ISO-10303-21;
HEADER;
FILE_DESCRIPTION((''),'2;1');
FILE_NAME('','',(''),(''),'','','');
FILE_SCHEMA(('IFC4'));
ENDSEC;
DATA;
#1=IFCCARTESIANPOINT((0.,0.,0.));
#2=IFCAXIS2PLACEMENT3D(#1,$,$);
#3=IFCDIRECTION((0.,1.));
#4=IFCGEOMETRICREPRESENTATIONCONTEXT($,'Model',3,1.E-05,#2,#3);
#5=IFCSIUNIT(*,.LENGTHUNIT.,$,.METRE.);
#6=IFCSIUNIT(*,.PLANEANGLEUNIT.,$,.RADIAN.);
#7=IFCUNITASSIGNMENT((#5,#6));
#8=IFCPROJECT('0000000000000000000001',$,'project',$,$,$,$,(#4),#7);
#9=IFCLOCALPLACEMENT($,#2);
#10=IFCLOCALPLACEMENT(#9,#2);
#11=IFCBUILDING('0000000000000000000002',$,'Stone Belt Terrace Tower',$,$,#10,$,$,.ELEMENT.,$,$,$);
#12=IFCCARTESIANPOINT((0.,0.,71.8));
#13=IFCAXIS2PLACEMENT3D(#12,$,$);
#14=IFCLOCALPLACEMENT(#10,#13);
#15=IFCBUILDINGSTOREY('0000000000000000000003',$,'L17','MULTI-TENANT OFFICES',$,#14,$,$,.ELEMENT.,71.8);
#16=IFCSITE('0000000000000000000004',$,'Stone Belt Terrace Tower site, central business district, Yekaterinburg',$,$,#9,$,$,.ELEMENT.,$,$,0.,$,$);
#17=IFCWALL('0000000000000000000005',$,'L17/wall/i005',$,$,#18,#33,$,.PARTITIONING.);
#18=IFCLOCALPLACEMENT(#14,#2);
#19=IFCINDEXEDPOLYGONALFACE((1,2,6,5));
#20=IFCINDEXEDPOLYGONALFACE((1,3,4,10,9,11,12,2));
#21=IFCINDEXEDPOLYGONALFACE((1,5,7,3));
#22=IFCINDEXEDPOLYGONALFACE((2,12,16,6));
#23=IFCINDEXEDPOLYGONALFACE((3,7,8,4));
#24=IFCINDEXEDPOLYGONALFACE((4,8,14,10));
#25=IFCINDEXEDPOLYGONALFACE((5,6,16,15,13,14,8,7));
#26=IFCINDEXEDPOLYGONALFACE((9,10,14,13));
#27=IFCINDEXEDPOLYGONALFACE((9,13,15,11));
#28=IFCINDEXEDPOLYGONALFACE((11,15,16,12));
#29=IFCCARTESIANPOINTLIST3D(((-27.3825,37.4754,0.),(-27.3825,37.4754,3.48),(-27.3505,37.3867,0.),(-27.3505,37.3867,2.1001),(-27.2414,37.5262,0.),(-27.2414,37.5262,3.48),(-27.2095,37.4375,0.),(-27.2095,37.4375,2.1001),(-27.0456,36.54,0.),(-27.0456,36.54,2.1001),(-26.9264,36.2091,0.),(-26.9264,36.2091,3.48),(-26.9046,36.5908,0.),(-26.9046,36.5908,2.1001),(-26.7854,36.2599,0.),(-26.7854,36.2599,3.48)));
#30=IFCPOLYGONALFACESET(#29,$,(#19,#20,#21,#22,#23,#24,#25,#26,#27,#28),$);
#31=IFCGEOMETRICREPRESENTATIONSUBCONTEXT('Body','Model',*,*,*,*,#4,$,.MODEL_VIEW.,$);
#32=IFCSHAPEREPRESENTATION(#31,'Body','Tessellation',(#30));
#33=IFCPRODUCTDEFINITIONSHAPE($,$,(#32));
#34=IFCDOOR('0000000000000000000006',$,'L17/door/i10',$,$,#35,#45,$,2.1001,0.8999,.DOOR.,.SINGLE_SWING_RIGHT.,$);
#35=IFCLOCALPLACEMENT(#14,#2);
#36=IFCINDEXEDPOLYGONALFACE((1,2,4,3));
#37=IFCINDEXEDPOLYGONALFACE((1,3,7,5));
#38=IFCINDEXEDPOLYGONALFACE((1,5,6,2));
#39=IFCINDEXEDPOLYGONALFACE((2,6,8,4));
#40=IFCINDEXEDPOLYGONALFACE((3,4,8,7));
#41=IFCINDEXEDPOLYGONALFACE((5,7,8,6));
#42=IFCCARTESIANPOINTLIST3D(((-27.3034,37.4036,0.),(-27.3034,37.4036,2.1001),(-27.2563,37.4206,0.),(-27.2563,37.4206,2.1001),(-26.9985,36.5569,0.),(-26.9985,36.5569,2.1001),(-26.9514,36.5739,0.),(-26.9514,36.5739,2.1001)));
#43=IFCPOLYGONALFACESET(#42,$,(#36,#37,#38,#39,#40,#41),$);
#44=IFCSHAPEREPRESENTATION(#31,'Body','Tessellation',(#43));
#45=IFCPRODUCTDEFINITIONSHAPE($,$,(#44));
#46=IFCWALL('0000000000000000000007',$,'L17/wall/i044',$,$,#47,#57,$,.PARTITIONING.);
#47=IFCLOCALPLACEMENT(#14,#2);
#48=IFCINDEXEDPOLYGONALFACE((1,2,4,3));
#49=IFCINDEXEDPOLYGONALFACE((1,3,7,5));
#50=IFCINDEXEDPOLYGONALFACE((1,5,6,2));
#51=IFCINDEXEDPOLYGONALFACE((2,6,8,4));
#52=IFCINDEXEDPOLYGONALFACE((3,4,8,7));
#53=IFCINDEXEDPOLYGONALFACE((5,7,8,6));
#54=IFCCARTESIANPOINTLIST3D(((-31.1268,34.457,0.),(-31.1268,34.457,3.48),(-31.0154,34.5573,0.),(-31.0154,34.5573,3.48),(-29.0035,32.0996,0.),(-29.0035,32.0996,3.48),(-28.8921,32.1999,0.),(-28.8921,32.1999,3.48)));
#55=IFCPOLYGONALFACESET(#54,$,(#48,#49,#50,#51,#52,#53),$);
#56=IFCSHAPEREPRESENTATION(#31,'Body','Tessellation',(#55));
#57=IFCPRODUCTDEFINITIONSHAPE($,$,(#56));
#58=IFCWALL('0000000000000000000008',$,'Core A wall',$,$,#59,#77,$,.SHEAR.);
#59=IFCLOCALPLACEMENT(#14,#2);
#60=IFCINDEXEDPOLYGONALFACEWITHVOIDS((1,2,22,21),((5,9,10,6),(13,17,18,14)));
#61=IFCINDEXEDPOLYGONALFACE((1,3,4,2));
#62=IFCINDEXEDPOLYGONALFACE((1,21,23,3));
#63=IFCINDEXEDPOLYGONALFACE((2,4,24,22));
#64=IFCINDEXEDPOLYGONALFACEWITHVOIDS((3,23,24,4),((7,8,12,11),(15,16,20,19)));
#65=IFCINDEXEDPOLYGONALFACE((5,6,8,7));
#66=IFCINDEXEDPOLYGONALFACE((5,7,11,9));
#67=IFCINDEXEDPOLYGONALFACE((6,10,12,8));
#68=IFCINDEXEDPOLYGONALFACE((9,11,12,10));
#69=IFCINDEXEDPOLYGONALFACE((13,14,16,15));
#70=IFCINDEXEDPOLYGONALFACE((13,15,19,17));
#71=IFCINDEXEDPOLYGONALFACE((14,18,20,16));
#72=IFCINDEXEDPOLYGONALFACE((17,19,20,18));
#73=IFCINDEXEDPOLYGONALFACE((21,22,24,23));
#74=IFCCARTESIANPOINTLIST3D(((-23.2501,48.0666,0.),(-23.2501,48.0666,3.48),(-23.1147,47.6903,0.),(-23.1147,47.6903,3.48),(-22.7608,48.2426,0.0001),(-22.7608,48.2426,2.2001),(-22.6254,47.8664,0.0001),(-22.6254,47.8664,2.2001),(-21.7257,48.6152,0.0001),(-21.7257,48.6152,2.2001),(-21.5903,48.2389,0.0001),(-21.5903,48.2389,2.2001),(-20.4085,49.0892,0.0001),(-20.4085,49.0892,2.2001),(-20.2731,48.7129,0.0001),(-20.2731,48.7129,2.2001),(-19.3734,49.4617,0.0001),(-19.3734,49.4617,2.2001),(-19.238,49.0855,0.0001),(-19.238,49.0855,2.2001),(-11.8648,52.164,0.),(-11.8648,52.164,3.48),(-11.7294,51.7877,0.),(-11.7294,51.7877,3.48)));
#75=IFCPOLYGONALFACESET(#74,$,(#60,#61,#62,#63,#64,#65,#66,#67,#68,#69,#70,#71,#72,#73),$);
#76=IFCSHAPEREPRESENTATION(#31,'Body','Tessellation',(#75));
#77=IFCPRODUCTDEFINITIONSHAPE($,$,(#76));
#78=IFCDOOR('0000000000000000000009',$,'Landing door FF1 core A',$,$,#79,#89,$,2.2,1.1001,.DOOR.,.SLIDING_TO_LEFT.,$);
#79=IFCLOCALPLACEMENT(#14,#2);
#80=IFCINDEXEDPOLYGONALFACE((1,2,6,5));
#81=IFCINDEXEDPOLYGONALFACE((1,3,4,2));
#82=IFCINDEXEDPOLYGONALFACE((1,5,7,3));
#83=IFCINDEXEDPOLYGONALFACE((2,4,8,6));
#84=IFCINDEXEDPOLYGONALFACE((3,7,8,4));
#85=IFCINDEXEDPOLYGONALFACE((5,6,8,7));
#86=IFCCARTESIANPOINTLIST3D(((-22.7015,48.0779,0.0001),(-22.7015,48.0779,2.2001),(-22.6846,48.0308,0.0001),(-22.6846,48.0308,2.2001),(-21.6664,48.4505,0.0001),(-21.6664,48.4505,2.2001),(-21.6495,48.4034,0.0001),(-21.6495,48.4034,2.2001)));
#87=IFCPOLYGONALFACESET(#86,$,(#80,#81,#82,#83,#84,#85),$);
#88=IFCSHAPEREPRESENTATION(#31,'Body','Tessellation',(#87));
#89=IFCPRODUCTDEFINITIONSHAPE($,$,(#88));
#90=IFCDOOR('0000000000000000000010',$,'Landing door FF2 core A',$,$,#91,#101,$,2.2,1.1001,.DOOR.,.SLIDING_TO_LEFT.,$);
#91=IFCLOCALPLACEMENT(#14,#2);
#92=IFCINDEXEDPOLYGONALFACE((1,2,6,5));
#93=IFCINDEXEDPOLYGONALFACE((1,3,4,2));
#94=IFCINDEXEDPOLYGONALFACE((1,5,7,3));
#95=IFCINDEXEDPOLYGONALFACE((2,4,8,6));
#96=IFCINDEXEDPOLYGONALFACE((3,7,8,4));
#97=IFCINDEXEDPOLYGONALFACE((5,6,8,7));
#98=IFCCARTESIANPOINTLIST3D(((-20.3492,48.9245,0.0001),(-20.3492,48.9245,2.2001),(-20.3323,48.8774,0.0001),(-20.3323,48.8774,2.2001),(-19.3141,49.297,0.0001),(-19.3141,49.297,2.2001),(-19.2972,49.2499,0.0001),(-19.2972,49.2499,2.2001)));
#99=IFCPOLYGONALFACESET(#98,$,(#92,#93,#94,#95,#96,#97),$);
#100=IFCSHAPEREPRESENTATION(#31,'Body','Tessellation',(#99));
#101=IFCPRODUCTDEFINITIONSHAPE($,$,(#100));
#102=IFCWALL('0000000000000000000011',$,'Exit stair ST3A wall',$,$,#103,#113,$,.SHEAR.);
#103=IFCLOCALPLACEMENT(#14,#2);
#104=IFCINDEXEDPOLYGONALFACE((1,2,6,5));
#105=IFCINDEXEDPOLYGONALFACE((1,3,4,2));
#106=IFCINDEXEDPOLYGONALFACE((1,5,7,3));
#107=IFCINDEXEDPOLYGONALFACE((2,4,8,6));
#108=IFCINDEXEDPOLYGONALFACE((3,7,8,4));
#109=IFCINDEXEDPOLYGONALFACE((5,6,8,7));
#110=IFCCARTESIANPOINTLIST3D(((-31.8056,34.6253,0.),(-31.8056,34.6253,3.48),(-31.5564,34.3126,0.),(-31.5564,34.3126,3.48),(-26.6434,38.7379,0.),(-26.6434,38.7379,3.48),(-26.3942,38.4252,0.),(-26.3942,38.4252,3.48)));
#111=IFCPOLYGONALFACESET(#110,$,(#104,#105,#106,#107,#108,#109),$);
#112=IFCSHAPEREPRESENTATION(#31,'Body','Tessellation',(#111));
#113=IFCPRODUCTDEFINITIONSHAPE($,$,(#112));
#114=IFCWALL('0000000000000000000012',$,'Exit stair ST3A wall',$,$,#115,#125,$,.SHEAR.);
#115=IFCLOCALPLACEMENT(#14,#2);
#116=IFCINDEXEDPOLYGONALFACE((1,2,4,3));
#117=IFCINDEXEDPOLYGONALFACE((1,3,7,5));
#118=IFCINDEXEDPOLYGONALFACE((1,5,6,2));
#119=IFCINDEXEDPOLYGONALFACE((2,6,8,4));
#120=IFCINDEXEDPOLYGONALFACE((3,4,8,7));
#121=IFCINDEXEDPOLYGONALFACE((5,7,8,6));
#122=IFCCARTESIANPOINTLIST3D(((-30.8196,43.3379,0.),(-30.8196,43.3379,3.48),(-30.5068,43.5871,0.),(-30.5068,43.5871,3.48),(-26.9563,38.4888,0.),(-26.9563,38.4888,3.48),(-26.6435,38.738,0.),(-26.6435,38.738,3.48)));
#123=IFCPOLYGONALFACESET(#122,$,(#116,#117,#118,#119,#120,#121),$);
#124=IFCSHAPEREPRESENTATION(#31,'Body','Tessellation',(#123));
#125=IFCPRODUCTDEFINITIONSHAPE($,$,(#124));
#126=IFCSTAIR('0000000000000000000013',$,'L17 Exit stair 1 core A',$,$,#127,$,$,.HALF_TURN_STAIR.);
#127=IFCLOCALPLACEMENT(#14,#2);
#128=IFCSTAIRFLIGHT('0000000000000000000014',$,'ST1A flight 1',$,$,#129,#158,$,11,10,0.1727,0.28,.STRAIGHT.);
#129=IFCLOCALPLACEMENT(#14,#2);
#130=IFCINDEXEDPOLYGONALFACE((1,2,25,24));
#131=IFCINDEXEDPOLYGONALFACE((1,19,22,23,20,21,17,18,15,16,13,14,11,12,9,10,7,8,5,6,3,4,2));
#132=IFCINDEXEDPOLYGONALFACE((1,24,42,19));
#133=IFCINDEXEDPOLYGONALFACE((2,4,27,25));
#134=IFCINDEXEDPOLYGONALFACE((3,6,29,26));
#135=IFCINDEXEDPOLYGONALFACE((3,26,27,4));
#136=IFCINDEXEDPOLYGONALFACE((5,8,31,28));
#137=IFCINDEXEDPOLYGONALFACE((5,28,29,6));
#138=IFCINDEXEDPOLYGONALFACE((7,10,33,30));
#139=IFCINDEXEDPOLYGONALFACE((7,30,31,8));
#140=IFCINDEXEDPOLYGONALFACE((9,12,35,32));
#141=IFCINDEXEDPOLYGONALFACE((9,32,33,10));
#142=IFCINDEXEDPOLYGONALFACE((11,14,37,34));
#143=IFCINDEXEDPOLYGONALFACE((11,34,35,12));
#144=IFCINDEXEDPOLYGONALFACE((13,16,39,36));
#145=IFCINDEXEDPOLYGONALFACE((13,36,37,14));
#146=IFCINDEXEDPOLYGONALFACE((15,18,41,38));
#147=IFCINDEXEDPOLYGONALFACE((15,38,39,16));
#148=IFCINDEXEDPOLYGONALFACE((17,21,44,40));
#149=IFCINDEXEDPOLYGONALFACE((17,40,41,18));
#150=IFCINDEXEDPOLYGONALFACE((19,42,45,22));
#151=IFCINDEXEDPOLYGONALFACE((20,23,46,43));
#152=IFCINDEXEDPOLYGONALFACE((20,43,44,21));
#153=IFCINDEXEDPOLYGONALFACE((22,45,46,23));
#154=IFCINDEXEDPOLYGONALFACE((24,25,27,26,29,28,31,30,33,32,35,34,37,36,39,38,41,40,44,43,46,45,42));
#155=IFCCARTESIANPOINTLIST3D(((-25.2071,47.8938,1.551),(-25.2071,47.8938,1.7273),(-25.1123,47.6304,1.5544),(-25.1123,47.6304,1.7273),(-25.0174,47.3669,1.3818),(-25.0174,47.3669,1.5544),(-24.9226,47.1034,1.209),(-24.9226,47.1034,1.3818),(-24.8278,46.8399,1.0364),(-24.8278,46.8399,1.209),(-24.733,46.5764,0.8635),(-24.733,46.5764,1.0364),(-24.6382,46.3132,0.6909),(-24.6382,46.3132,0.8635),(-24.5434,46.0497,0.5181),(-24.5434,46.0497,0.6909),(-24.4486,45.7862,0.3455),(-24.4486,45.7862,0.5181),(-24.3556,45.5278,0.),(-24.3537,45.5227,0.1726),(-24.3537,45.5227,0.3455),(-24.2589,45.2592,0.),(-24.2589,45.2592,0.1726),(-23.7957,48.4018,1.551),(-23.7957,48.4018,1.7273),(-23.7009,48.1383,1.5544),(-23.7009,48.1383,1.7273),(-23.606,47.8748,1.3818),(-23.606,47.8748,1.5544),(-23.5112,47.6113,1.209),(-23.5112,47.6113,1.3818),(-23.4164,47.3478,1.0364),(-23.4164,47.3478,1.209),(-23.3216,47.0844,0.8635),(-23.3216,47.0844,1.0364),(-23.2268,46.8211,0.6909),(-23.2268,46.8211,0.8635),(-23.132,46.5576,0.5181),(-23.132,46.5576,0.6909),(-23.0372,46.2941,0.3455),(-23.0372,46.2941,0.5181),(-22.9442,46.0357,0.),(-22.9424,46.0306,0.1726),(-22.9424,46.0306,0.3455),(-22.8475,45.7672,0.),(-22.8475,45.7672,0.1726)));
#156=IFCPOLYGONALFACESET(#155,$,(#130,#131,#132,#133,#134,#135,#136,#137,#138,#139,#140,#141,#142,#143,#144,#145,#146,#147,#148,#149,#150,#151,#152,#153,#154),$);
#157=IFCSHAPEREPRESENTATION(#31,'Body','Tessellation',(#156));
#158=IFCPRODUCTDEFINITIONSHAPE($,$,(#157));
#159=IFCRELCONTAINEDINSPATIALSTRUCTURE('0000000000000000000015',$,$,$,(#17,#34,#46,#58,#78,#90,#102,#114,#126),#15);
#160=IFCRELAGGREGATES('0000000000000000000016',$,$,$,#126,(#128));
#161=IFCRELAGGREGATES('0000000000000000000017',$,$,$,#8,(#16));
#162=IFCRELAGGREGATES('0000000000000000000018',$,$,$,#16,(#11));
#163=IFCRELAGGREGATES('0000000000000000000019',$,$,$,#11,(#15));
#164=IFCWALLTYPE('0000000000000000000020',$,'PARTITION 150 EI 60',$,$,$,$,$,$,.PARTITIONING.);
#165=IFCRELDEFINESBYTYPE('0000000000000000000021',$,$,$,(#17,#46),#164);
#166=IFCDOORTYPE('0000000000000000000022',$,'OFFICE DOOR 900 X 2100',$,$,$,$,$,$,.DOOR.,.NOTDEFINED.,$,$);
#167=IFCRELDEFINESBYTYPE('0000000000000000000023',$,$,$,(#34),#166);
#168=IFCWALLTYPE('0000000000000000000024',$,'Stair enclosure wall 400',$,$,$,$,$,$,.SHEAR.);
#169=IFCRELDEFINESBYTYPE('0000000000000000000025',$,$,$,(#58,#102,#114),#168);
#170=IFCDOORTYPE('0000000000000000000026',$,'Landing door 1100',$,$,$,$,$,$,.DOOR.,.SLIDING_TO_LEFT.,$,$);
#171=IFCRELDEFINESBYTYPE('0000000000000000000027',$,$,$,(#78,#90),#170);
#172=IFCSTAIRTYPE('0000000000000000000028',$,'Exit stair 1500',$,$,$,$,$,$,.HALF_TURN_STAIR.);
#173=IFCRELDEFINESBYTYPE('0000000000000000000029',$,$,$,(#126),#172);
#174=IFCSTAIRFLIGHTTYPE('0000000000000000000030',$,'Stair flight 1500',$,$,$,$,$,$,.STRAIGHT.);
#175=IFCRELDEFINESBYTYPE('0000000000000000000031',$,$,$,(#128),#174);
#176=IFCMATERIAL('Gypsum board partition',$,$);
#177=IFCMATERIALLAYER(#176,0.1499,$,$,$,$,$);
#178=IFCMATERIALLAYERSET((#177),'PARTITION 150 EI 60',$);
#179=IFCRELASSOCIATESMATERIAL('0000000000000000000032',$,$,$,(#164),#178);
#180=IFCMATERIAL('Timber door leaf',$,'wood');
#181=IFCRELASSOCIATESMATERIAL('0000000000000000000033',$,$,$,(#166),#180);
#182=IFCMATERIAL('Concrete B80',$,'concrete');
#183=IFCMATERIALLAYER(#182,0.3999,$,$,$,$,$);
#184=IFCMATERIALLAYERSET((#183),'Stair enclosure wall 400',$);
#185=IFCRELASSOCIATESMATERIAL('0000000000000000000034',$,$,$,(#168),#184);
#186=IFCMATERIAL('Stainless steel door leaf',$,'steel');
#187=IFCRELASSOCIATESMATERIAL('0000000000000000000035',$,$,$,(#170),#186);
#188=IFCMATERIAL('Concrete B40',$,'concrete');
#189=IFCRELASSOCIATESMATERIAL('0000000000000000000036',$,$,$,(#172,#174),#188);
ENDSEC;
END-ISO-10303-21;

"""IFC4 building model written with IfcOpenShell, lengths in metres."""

from ifc_helpers import new_model, si_unit, direction, frame, frame_2d, origin, place, context, subcontext, project, spatial, polyline, rectangle, outline, extrude, material, layer, layer_set, type_object, element, fill, aggregate, save


model = new_model("IFC4")

# Units and contexts
model_context = context("Model", 3, precision=1e-05, world=origin(), true_north=direction((0.0, 1.0)))
body_context = subcontext(model_context, "Body", "Model", "MODEL_VIEW")
ifc_project = project(units=[si_unit("LENGTHUNIT", "METRE"), si_unit("PLANEANGLEUNIT", "RADIAN")], contexts=[model_context])

# Site, building, storey
site_placement = place(None, origin())
site = spatial("IfcSite", under=ifc_project, at=site_placement, Name="Stone Belt Terrace Tower site, central business district, Yekaterinburg", CompositionType="ELEMENT", RefElevation=0.0)
building_placement = place(site_placement, origin())
building = spatial("IfcBuilding", under=site, at=building_placement, Name="Stone Belt Terrace Tower", CompositionType="ELEMENT")
storey_placement = place(building_placement, frame((0.0, 0.0, 71.8)))
storey = spatial("IfcBuildingStorey", under=building, at=storey_placement, Name="L17", Description="MULTI-TENANT OFFICES", CompositionType="ELEMENT", Elevation=71.8)

# Shared definitions
ifc_material_1 = material(Name="Concrete B80", Category="concrete")

# Shared definitions
ifc_material_2 = material(Name="Timber door leaf", Category="wood")

# Shared definitions
ifc_material_3 = material(Name="Gypsum board partition")
ifc_layer_1 = layer(ifc_material_3, 0.1499)
ifc_layer_set_1 = layer_set([ifc_layer_1], Name="PARTITION 150 EI 60")
wall_type_1 = type_object("IfcWallType", Name="PARTITION 150 EI 60", PredefinedType="PARTITIONING", material=ifc_layer_set_1)

# Wall, opening, door
wall_1_placement = place(storey_placement, frame((-26.856, 36.2346, 0.0), z_axis=(0.0, 0.0, 1.0), x_axis=(-0.338829, 0.940848, 0.0)))
wall_1 = element("IfcWall", 1, at=wall_1_placement, inside=storey, type_object=wall_type_1, Name="L17/wall/i005", PredefinedType="PARTITIONING", context=body_context, shape_type="SweptSolid", body=[
    extrude(rectangle(XDim=1.3459, YDim=0.1499, at=frame_2d((0.6729, 0.0))), origin(), (0.0, 0.0, 1.0), 3.48),
])
opening_1_placement = place(wall_1_placement, frame((0.3516, 0.0, 0.0)))
opening_1 = element("IfcOpeningElement", 2, at=opening_1_placement, cuts=wall_1, PredefinedType="OPENING", context=body_context, shape_type="SweptSolid", body=[
    extrude(rectangle(XDim=0.8999, YDim=2.1001, at=frame_2d((0.45, 1.05))), frame((0.0, 0.085, 0.0), z_axis=(0.0, -1.0, 0.0), x_axis=(1.0, 0.0, 0.0)), (0.0, 0.0, 1.0), 0.1699),
])
door_type_1 = type_object("IfcDoorType", Name="OFFICE DOOR 900 X 2100", OperationType="NOTDEFINED", PredefinedType="DOOR", material=ifc_material_2)
door_1_placement = place(opening_1_placement, origin())
door_1 = element("IfcDoor", 3, at=door_1_placement, inside=storey, type_object=door_type_1, Name="L17/door/i10", OperationType="SINGLE_SWING_RIGHT", OverallHeight=2.1001, OverallWidth=0.8999, PredefinedType="DOOR", context=body_context, shape_type="SweptSolid", body=[
    extrude(rectangle(XDim=0.8999, YDim=2.1001, at=frame_2d((0.45, 1.05))), frame((0.0, 0.0249, 0.0), z_axis=(0.0, -1.0, 0.0), x_axis=(1.0, 0.0, 0.0)), (0.0, 0.0, 1.0), 0.05),
])
fill(opening_1, door_1)

# Wall
wall_2_placement = place(storey_placement, frame((-28.9478, 32.1497, 0.0), z_axis=(0.0, 0.0, 1.0), x_axis=(-0.669245, 0.743042, 0.0)))
element("IfcWall", 4, at=wall_2_placement, inside=storey, type_object=wall_type_1, Name="L17/wall/i044", PredefinedType="PARTITIONING", context=body_context, shape_type="SweptSolid", body=[
    extrude(rectangle(XDim=3.1726, YDim=0.1499, at=frame_2d((1.5864, 0.0))), origin(), (0.0, 0.0, 1.0), 3.48),
])

# Wall, openings, doors
ifc_layer_2 = layer(ifc_material_1, 0.3999)
ifc_layer_set_2 = layer_set([ifc_layer_2], Name="Stair enclosure wall 400")
wall_type_2 = type_object("IfcWallType", Name="Stair enclosure wall 400", PredefinedType="SHEAR", material=ifc_layer_set_2)
wall_3_placement = place(storey_placement, frame((-23.1824, 47.8784, 0.0), z_axis=(0.0, 0.0, 1.0), x_axis=(0.940921, 0.338626, 0.0)))
wall_3 = element("IfcWall", 5, at=wall_3_placement, inside=storey, type_object=wall_type_2, Name="Core A wall", PredefinedType="SHEAR", context=body_context, shape_type="SweptSolid", body=[
    extrude(rectangle(XDim=12.1001, YDim=0.3999, at=frame_2d((6.05, 0.0))), origin(), (0.0, 0.0, 1.0), 3.48),
])
opening_2_placement = place(wall_3_placement, frame((0.52, 0.0, 0.0)))
opening_2 = element("IfcOpeningElement", 6, at=opening_2_placement, cuts=wall_3, PredefinedType="OPENING", context=body_context, shape_type="SweptSolid", body=[
    extrude(rectangle(XDim=1.1001, YDim=2.2, at=frame_2d((0.55, 1.1001))), frame((0.0, 0.21, 0.0), z_axis=(0.0, -1.0, 0.0), x_axis=(1.0, 0.0, 0.0)), (0.0, 0.0, 1.0), 0.4199),
])
opening_3_placement = place(wall_3_placement, frame((3.02, 0.0, 0.0)))
opening_3 = element("IfcOpeningElement", 7, at=opening_3_placement, cuts=wall_3, PredefinedType="OPENING", context=body_context, shape_type="SweptSolid", body=[
    extrude(rectangle(XDim=1.1001, YDim=2.2, at=frame_2d((0.55, 1.1001))), frame((0.0, 0.21, 0.0), z_axis=(0.0, -1.0, 0.0), x_axis=(1.0, 0.0, 0.0)), (0.0, 0.0, 1.0), 0.4199),
])
ifc_material_4 = material(Name="Stainless steel door leaf", Category="steel")
door_type_2 = type_object("IfcDoorType", Name="Landing door 1100", OperationType="SLIDING_TO_LEFT", PredefinedType="DOOR", material=ifc_material_4)
door_2_placement = place(opening_2_placement, origin())
door_2 = element("IfcDoor", 8, at=door_2_placement, inside=storey, type_object=door_type_2, Name="Landing door FF1 core A", OperationType="SLIDING_TO_LEFT", OverallHeight=2.2, OverallWidth=1.1001, PredefinedType="DOOR", context=body_context, shape_type="SweptSolid", body=[
    extrude(rectangle(XDim=1.1001, YDim=2.2, at=frame_2d((0.55, 1.1001))), frame((0.0, 0.0249, 0.0), z_axis=(0.0, -1.0, 0.0), x_axis=(1.0, 0.0, 0.0)), (0.0, 0.0, 1.0), 0.05),
])
fill(opening_2, door_2)
door_3_placement = place(opening_3_placement, origin())
door_3 = element("IfcDoor", 9, at=door_3_placement, inside=storey, type_object=door_type_2, Name="Landing door FF2 core A", OperationType="SLIDING_TO_LEFT", OverallHeight=2.2, OverallWidth=1.1001, PredefinedType="DOOR", context=body_context, shape_type="SweptSolid", body=[
    extrude(rectangle(XDim=1.1001, YDim=2.2, at=frame_2d((0.55, 1.1001))), frame((0.0, 0.0249, 0.0), z_axis=(0.0, -1.0, 0.0), x_axis=(1.0, 0.0, 0.0)), (0.0, 0.0, 1.0), 0.05),
])
fill(opening_3, door_3)

# Walls
wall_4_placement = place(storey_placement, frame((-26.5188, 38.5815, 0.0), z_axis=(0.0, 0.0, 1.0), x_axis=(-0.782134, -0.62311, 0.0)))
element("IfcWall", 10, at=wall_4_placement, inside=storey, type_object=wall_type_2, Name="Exit stair ST3A wall", PredefinedType="SHEAR", context=body_context, shape_type="SweptSolid", body=[
    extrude(rectangle(XDim=6.6001, YDim=0.3999, at=frame_2d((3.3, 0.0))), origin(), (0.0, 0.0, 1.0), 3.48),
])
wall_5_placement = place(storey_placement, frame((-26.7998, 38.6133, 0.0), z_axis=(0.0, 0.0, 1.0), x_axis=(-0.623119, 0.782127, 0.0)))
element("IfcWall", 11, at=wall_5_placement, inside=storey, type_object=wall_type_2, Name="Exit stair ST3A wall", PredefinedType="SHEAR", context=body_context, shape_type="SweptSolid", body=[
    extrude(rectangle(XDim=6.2, YDim=0.3999, at=frame_2d((3.1001, 0.0))), origin(), (0.0, 0.0, 1.0), 3.48),
])

# Stair, stair flight
ifc_material_5 = material(Name="Concrete B40", Category="concrete")
stair_type = type_object("IfcStairType", Name="Exit stair 1500", PredefinedType="HALF_TURN_STAIR", material=ifc_material_5)
stair_1_placement = place(storey_placement, origin())
stair_1 = element("IfcStair", 12, at=stair_1_placement, inside=storey, type_object=stair_type, Name="L17 Exit stair 1 core A", PredefinedType="HALF_TURN_STAIR")
stair_flight_type = type_object("IfcStairFlightType", Name="Stair flight 1500", PredefinedType="STRAIGHT", material=ifc_material_5)
stair_flight_1_placement = place(storey_placement, frame((-23.5532, 45.5132, 0.0), z_axis=(0.0, 0.0, 1.0), x_axis=(-0.338624, 0.940922, 0.0)))
stair_flight_1 = element("IfcStairFlight", 13, at=stair_flight_1_placement, type_object=stair_flight_type, Name="ST1A flight 1", NumberOfRisers=11, NumberOfTreads=10, PredefinedType="STRAIGHT", RiserHeight=0.1727, TreadLength=0.28, context=body_context, shape_type="SweptSolid", body=[
    extrude(outline(polyline([(0.0, 0.0), (0.0, 0.1726), (0.28, 0.1726), (0.28, 0.3455), (0.5601, 0.3455), (0.5601, 0.5181), (0.8401, 0.5181), (0.8401, 0.6909), (1.1201, 0.6909), (1.1201, 0.8635), (1.3999, 0.8635), (1.3999, 1.0364), (1.6799, 1.0364), (1.6799, 1.209), (1.96, 1.209), (1.96, 1.3818), (2.24, 1.3818), (2.24, 1.5544), (2.52, 1.5544), (2.52, 1.7273), (2.8, 1.7273), (2.8, 1.8999), (2.8, 1.551), (0.2854, 0.0), (0.0, 0.0)])), frame((0.0, 0.75, 0.0), z_axis=(0.0, -1.0, 0.0), x_axis=(1.0, 0.0, 0.0)), (0.0, 0.0, 1.0), 1.5),
])
aggregate(stair_1, [stair_flight_1])

save(model, "model.ifc")
